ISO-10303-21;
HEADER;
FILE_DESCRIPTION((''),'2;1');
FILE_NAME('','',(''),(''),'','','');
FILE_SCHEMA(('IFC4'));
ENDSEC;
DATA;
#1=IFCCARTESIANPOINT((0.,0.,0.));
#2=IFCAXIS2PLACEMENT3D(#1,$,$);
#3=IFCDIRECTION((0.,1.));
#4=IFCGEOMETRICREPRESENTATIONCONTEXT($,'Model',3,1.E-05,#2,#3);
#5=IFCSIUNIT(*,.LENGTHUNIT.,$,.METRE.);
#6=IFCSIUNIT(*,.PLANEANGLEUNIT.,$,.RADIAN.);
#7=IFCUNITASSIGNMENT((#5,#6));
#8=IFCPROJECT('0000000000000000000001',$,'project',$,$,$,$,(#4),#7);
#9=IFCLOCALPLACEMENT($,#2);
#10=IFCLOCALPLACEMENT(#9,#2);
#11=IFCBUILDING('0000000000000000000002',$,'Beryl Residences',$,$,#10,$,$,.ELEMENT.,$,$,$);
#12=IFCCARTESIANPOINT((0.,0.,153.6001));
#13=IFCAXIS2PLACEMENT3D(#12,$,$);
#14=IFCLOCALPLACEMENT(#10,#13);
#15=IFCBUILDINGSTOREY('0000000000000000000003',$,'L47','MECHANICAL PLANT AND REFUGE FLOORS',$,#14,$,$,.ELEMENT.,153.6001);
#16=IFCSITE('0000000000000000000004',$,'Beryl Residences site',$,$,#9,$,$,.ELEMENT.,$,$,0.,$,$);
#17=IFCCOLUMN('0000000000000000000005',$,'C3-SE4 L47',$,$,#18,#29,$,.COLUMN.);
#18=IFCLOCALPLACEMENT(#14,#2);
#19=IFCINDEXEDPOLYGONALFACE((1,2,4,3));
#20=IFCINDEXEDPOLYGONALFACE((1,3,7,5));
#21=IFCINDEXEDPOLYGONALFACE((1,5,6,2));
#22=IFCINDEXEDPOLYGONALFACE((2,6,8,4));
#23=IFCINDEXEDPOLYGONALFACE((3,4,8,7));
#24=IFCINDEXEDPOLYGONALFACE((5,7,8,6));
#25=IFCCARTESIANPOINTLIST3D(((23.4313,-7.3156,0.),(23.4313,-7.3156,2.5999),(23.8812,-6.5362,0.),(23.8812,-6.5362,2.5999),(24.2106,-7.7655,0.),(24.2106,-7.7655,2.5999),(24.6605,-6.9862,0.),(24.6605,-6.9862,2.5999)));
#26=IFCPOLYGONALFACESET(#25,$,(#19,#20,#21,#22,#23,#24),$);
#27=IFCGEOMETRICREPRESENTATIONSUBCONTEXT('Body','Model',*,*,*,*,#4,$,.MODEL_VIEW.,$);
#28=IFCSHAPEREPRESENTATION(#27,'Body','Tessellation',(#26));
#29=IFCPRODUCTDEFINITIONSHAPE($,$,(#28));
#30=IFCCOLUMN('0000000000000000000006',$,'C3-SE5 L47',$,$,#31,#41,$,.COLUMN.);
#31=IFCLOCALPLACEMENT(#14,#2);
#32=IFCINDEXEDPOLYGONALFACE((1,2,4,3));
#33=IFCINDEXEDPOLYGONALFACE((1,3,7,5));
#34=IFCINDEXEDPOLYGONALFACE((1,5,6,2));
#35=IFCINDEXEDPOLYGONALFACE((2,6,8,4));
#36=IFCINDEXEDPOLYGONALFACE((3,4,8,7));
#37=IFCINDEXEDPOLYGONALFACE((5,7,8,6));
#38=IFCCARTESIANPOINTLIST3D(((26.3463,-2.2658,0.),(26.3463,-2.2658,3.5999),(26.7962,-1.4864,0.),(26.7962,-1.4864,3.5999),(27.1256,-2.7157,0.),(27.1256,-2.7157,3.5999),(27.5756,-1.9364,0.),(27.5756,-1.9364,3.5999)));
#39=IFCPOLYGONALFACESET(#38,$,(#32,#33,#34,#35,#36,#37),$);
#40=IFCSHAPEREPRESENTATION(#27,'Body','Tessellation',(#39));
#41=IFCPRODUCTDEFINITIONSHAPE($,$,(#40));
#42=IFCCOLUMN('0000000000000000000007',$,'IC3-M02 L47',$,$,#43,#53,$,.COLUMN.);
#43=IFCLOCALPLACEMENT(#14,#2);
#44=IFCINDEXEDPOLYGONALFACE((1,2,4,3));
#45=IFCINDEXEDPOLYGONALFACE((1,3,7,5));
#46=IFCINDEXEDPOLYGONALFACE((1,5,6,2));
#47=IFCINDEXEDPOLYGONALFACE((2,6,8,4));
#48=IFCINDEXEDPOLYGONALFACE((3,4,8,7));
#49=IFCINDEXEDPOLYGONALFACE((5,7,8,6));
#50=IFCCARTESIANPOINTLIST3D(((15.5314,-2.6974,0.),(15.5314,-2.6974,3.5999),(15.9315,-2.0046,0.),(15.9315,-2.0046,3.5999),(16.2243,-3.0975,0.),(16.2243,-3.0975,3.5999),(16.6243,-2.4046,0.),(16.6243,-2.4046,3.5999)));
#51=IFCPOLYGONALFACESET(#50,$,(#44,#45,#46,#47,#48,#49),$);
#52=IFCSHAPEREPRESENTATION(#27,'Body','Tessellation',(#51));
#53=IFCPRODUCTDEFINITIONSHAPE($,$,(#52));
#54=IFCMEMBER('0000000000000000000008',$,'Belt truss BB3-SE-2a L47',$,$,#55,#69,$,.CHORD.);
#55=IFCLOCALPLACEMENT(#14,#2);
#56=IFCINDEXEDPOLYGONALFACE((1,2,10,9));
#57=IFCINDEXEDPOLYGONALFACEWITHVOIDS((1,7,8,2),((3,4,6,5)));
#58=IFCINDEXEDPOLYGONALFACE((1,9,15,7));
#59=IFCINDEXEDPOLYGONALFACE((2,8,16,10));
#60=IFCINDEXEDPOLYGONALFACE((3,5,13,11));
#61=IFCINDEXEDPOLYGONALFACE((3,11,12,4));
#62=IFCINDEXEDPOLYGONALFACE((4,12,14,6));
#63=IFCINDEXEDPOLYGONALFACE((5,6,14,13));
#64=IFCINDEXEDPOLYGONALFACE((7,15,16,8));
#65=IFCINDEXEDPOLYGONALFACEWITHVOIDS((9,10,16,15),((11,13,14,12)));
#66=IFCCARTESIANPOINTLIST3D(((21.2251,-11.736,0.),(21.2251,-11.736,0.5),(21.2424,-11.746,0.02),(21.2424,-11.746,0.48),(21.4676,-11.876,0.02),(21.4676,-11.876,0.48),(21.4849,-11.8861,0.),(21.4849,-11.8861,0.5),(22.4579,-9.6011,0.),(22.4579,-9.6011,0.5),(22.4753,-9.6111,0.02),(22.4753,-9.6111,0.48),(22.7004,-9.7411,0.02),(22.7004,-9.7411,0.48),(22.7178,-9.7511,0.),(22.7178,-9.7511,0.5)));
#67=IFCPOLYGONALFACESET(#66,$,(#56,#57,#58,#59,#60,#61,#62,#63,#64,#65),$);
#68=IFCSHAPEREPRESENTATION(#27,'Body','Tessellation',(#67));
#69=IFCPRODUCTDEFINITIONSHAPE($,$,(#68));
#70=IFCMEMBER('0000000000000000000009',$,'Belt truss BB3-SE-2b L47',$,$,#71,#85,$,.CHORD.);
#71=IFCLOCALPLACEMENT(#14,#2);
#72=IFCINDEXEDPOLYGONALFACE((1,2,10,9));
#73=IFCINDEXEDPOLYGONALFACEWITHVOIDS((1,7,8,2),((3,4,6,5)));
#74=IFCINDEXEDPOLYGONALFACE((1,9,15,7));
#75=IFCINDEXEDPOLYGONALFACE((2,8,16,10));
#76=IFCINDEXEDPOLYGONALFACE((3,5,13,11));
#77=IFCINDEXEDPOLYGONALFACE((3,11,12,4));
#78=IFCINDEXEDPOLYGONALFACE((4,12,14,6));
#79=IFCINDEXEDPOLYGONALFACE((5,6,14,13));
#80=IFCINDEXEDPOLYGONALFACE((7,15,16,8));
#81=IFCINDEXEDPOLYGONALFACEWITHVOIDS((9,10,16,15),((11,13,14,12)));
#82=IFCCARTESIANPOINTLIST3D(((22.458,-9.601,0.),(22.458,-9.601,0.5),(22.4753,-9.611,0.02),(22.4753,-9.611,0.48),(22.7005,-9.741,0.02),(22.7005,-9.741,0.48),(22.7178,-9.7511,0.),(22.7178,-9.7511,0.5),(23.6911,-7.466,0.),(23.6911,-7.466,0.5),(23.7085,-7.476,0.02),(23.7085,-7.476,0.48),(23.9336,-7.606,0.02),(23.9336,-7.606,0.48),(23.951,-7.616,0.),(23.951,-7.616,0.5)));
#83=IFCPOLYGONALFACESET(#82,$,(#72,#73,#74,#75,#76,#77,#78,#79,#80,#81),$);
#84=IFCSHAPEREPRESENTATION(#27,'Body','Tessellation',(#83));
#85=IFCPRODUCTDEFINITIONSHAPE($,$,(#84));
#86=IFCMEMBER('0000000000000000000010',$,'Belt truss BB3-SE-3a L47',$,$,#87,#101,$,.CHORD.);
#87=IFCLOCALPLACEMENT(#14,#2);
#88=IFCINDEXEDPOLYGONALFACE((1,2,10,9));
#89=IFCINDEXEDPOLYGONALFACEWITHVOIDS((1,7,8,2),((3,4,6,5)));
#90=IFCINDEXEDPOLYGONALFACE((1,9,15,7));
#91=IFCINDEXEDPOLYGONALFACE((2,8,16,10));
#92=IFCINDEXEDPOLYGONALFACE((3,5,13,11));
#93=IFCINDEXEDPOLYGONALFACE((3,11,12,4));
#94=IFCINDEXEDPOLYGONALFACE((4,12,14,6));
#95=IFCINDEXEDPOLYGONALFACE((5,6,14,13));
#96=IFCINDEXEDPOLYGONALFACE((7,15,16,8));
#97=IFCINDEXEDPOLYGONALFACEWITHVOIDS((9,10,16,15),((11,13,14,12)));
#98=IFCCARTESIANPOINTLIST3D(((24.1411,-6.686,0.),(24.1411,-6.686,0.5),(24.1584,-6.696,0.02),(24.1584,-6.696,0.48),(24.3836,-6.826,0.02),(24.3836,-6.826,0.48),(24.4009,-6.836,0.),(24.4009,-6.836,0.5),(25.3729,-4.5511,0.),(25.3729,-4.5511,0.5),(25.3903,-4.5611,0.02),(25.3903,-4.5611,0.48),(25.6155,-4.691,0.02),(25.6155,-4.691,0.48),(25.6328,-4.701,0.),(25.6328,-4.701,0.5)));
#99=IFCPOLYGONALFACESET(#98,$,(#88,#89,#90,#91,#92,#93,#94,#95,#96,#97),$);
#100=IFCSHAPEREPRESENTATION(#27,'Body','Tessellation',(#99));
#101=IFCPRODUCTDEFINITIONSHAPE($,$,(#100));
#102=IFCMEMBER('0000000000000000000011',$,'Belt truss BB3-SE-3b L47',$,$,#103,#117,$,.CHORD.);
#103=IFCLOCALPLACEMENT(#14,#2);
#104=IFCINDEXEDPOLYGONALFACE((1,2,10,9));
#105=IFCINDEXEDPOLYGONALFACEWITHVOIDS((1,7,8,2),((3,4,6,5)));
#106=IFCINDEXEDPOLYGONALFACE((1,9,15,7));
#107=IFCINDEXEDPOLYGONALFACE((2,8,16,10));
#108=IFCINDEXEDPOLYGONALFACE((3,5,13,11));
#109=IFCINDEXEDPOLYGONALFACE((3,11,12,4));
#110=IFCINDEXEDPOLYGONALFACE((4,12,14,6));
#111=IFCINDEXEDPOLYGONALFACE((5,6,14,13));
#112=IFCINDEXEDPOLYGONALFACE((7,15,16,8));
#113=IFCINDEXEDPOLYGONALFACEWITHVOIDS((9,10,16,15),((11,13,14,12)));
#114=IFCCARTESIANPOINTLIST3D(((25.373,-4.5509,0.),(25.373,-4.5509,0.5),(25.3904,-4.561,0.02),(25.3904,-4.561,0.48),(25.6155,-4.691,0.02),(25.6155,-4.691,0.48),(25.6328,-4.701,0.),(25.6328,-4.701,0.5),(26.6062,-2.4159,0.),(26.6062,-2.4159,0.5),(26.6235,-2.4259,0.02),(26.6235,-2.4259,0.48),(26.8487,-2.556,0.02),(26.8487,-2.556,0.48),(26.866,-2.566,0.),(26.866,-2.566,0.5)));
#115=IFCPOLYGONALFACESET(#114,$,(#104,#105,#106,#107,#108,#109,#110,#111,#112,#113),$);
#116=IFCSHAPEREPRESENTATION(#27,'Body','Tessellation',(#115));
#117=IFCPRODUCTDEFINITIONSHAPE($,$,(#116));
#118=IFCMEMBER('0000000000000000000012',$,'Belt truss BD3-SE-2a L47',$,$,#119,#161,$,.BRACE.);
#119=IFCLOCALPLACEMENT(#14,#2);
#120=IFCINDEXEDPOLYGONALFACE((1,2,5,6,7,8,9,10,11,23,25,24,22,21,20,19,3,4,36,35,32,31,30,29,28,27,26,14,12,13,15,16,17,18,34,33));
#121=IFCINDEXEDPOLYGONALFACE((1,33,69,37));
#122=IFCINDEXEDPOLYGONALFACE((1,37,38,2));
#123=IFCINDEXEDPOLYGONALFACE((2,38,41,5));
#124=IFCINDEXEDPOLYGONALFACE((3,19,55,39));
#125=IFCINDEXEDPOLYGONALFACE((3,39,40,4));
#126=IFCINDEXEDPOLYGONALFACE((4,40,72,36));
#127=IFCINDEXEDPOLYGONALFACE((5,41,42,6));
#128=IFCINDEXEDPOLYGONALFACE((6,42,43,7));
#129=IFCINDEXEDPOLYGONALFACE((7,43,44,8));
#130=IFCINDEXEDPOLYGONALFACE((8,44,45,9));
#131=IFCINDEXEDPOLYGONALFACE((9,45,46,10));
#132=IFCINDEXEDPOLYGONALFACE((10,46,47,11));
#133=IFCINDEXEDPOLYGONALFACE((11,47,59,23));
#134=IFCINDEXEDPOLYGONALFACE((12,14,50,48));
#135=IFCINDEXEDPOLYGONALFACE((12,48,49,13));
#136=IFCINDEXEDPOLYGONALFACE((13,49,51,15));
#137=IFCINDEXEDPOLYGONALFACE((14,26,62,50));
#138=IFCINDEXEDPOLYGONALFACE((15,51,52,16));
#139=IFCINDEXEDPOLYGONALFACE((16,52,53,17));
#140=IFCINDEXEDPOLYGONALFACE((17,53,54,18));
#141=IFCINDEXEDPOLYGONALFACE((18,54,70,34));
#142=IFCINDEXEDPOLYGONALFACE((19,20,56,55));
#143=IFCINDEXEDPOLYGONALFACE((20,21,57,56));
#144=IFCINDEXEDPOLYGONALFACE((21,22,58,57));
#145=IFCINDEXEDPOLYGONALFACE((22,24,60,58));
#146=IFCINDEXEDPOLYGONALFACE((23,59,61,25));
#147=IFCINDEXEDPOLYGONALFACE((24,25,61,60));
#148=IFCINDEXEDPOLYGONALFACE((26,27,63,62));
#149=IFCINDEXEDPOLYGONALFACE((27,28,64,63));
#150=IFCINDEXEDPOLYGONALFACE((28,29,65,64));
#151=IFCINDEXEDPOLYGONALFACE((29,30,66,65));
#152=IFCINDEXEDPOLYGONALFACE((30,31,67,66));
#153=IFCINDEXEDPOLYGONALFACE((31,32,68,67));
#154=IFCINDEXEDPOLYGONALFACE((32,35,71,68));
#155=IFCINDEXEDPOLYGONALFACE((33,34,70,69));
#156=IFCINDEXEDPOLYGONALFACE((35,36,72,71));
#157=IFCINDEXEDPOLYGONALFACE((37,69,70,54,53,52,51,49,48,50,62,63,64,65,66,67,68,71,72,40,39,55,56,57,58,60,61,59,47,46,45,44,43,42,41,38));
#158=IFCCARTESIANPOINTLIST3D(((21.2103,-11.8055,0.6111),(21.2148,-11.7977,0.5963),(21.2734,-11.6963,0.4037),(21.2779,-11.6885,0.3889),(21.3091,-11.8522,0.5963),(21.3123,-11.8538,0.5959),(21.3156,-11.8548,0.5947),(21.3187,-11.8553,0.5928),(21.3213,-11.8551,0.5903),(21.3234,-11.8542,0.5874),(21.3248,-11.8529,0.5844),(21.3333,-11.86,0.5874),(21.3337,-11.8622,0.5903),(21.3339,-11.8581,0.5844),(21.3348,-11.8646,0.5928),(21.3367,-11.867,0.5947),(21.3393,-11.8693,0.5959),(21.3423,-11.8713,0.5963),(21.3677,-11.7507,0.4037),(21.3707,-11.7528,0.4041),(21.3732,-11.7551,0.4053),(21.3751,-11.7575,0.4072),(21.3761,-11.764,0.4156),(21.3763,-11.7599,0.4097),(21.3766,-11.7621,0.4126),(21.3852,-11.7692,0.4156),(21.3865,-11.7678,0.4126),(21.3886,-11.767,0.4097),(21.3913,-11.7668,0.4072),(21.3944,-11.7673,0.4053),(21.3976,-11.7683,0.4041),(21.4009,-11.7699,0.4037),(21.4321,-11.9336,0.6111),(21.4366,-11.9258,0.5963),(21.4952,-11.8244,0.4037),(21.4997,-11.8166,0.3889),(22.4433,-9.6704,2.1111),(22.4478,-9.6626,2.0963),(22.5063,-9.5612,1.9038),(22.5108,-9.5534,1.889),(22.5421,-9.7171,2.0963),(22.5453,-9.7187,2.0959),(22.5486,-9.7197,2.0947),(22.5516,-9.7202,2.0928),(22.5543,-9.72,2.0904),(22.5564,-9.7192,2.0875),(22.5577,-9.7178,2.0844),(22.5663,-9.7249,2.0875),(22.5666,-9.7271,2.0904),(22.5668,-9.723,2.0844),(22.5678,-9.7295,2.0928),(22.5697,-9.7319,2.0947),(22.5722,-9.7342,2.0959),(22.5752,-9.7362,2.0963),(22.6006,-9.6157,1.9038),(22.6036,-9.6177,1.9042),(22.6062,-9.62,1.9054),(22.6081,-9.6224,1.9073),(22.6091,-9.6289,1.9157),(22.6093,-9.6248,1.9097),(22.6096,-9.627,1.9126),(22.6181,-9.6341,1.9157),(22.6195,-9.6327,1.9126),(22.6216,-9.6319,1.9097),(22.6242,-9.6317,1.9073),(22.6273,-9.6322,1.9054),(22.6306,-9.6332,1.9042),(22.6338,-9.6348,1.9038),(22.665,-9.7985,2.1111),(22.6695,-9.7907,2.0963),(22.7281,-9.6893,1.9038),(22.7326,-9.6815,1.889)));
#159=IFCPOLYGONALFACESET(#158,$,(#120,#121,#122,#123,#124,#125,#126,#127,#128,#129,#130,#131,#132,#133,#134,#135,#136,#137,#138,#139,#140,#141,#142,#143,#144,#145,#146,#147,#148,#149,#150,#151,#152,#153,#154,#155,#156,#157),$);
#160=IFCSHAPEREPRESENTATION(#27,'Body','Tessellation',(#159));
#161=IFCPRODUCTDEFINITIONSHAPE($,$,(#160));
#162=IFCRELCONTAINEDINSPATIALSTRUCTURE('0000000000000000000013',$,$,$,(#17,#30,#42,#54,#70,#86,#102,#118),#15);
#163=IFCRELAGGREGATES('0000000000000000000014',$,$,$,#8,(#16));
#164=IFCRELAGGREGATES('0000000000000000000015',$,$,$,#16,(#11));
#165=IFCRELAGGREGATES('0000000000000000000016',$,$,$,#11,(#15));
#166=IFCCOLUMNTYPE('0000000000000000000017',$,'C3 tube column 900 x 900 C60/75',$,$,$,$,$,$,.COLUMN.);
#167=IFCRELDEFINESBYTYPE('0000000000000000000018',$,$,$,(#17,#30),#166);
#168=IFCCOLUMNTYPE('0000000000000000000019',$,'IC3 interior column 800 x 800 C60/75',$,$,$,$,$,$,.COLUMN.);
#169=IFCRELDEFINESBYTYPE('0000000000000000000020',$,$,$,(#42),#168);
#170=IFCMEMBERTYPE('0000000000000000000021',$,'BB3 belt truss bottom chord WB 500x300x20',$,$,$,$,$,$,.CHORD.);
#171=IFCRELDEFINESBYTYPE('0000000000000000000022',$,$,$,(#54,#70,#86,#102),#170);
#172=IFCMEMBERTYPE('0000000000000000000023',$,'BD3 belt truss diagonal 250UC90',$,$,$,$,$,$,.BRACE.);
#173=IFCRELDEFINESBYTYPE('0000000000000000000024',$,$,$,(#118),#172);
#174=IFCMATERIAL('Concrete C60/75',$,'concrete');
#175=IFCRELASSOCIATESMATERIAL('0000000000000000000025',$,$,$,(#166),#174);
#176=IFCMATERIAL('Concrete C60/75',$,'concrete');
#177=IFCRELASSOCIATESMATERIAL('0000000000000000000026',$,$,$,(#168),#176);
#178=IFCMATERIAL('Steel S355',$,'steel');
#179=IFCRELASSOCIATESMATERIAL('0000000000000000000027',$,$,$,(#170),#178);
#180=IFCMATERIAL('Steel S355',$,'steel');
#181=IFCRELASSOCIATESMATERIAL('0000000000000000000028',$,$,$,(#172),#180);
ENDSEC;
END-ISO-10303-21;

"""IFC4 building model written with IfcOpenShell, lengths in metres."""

from ifc_helpers import new_model, si_unit, direction, frame, origin, origin_2d, place, context, subcontext, project, spatial, rectangle, hollow_rectangle, i_section, extrude, material, material_profile, profile_set, type_object, element, save


model = new_model("IFC4")

# Units and contexts
model_context = context("Model", 3, precision=1e-05, world=origin(), true_north=direction((0.0, 1.0)))
body_context = subcontext(model_context, "Body", "Model", "MODEL_VIEW")
ifc_project = project(units=[si_unit("LENGTHUNIT", "METRE"), si_unit("PLANEANGLEUNIT", "RADIAN")], contexts=[model_context])

# Site, building, storey
site_placement = place(None, origin())
site = spatial("IfcSite", under=ifc_project, at=site_placement, Name="Beryl Residences site", CompositionType="ELEMENT", RefElevation=0.0)
building_placement = place(site_placement, origin())
building = spatial("IfcBuilding", under=site, at=building_placement, Name="Beryl Residences", CompositionType="ELEMENT")
storey_placement = place(building_placement, frame((0.0, 0.0, 153.6001)))
storey = spatial("IfcBuildingStorey", under=building, at=storey_placement, Name="L47", Description="MECHANICAL PLANT AND REFUGE FLOORS", CompositionType="ELEMENT", Elevation=153.6001)

# Columns
ifc_material_1 = material(Name="Concrete C60/75", Category="concrete")
ifc_material_profile_1 = material_profile(ifc_material_1, rectangle(XDim=0.8999, YDim=0.8999, at=origin_2d()))
ifc_profile_set_1 = profile_set([ifc_material_profile_1], Name="Concrete C60/75")
column_type_1 = type_object("IfcColumnType", Name="C3 tube column 900 x 900 C60/75", PredefinedType="COLUMN", material=ifc_profile_set_1)
column_1_placement = place(storey_placement, frame((24.0459, -7.1509, 0.0), z_axis=(0.0, 0.0, 1.0), x_axis=(0.5, 0.866025, 0.0)))
element("IfcColumn", 1, at=column_1_placement, inside=storey, type_object=column_type_1, Name="C3-SE4 L47", PredefinedType="COLUMN", context=body_context, shape_type="SweptSolid", body=[
    extrude(rectangle(XDim=0.8999, YDim=0.8999, at=origin_2d()), origin(), (0.0, 0.0, 1.0), 2.5999),
])
column_2_placement = place(storey_placement, frame((26.9609, -2.1011, 0.0), z_axis=(0.0, 0.0, 1.0), x_axis=(0.5, 0.866025, 0.0)))
element("IfcColumn", 2, at=column_2_placement, inside=storey, type_object=column_type_1, Name="C3-SE5 L47", PredefinedType="COLUMN", context=body_context, shape_type="SweptSolid", body=[
    extrude(rectangle(XDim=0.8999, YDim=0.8999, at=origin_2d()), origin(), (0.0, 0.0, 1.0), 3.5999),
])
ifc_material_2 = material(Name="Concrete C60/75", Category="concrete")
ifc_material_profile_2 = material_profile(ifc_material_2, rectangle(XDim=0.8, YDim=0.8, at=origin_2d()))
ifc_profile_set_2 = profile_set([ifc_material_profile_2], Name="Concrete C60/75")
column_type_2 = type_object("IfcColumnType", Name="IC3 interior column 800 x 800 C60/75", PredefinedType="COLUMN", material=ifc_profile_set_2)
column_3_placement = place(storey_placement, frame((16.0779, -2.551, 0.0), z_axis=(0.0, 0.0, 1.0), x_axis=(0.5, 0.866025, 0.0)))
element("IfcColumn", 3, at=column_3_placement, inside=storey, type_object=column_type_2, Name="IC3-M02 L47", PredefinedType="COLUMN", context=body_context, shape_type="SweptSolid", body=[
    extrude(rectangle(XDim=0.8, YDim=0.8, at=origin_2d()), origin(), (0.0, 0.0, 1.0), 3.5999),
])

# Members
ifc_material_3 = material(Name="Steel S355", Category="steel")
ifc_material_profile_3 = material_profile(ifc_material_3, hollow_rectangle(XDim=0.3, YDim=0.5, WallThickness=0.02, at=origin_2d()))
ifc_profile_set_3 = profile_set([ifc_material_profile_3], Name="Steel S355")
member_type_1 = type_object("IfcMemberType", Name="BB3 belt truss bottom chord WB 500x300x20", PredefinedType="CHORD", material=ifc_profile_set_3)
member_1_placement = place(storey_placement, frame((21.355, -11.811, 0.25), z_axis=(0.50008, 0.865979, 0.0), x_axis=(-0.865979, 0.50008, 0.0)))
element("IfcMember", 4, at=member_1_placement, inside=storey, type_object=member_type_1, Name="Belt truss BB3-SE-2a L47", PredefinedType="CHORD", context=body_context, shape_type="SweptSolid", body=[
    extrude(hollow_rectangle(XDim=0.3, YDim=0.5, WallThickness=0.02, at=origin_2d()), origin(), (0.0, 0.0, 1.0), 2.4653),
])
member_2_placement = place(storey_placement, frame((22.5879, -9.676, 0.25), z_axis=(0.500154, 0.865937, 0.0), x_axis=(-0.865937, 0.500154, 0.0)))
element("IfcMember", 5, at=member_2_placement, inside=storey, type_object=member_type_1, Name="Belt truss BB3-SE-2b L47", PredefinedType="CHORD", context=body_context, shape_type="SweptSolid", body=[
    extrude(hollow_rectangle(XDim=0.3, YDim=0.5, WallThickness=0.02, at=origin_2d()), origin(), (0.0, 0.0, 1.0), 2.4656),
])
member_3_placement = place(storey_placement, frame((24.271, -6.761, 0.25), z_axis=(0.499782, 0.866151, 0.0), x_axis=(-0.866151, 0.499782, 0.0)))
element("IfcMember", 6, at=member_3_placement, inside=storey, type_object=member_type_1, Name="Belt truss BB3-SE-3a L47", PredefinedType="CHORD", context=body_context, shape_type="SweptSolid", body=[
    extrude(hollow_rectangle(XDim=0.3, YDim=0.5, WallThickness=0.02, at=origin_2d()), origin(), (0.0, 0.0, 1.0), 2.4648),
])
member_4_placement = place(storey_placement, frame((25.5029, -4.626, 0.25), z_axis=(0.500154, 0.865937, 0.0), x_axis=(-0.865937, 0.500154, 0.0)))
element("IfcMember", 7, at=member_4_placement, inside=storey, type_object=member_type_1, Name="Belt truss BB3-SE-3b L47", PredefinedType="CHORD", context=body_context, shape_type="SweptSolid", body=[
    extrude(hollow_rectangle(XDim=0.3, YDim=0.5, WallThickness=0.02, at=origin_2d()), origin(), (0.0, 0.0, 1.0), 2.4656),
])
ifc_material_4 = material(Name="Steel S355", Category="steel")
ifc_material_profile_4 = material_profile(ifc_material_4, i_section(OverallWidth=0.2561, OverallDepth=0.26, WebThickness=0.0105, FlangeThickness=0.0173, FilletRadius=0.0139, at=origin_2d()))
ifc_profile_set_4 = profile_set([ifc_material_profile_4], Name="Steel S355")
member_type_2 = type_object("IfcMemberType", Name="BD3 belt truss diagonal 250UC90", PredefinedType="BRACE", material=ifc_profile_set_4)
for number, where, z_axis, x_axis, name in (
    (8, (21.355, -11.811, 0.5), (0.427221, 0.739811, 0.519771), (-0.865979, 0.50008, 0.0), "Belt truss BD3-SE-2a L47"),
):
    element("IfcMember", number, at=place(storey_placement, frame(where, z_axis=z_axis, x_axis=x_axis)), inside=storey, type_object=member_type_2, Name=name, PredefinedType="BRACE", context=body_context, shape_type="SweptSolid", body=[
        extrude(i_section(OverallWidth=0.2561, OverallDepth=0.26, WebThickness=0.0105, FlangeThickness=0.0173, FilletRadius=0.0139, at=origin_2d()), origin(), (0.0, 0.0, 1.0), 2.886),
    ])

save(model, "model.ifc")
